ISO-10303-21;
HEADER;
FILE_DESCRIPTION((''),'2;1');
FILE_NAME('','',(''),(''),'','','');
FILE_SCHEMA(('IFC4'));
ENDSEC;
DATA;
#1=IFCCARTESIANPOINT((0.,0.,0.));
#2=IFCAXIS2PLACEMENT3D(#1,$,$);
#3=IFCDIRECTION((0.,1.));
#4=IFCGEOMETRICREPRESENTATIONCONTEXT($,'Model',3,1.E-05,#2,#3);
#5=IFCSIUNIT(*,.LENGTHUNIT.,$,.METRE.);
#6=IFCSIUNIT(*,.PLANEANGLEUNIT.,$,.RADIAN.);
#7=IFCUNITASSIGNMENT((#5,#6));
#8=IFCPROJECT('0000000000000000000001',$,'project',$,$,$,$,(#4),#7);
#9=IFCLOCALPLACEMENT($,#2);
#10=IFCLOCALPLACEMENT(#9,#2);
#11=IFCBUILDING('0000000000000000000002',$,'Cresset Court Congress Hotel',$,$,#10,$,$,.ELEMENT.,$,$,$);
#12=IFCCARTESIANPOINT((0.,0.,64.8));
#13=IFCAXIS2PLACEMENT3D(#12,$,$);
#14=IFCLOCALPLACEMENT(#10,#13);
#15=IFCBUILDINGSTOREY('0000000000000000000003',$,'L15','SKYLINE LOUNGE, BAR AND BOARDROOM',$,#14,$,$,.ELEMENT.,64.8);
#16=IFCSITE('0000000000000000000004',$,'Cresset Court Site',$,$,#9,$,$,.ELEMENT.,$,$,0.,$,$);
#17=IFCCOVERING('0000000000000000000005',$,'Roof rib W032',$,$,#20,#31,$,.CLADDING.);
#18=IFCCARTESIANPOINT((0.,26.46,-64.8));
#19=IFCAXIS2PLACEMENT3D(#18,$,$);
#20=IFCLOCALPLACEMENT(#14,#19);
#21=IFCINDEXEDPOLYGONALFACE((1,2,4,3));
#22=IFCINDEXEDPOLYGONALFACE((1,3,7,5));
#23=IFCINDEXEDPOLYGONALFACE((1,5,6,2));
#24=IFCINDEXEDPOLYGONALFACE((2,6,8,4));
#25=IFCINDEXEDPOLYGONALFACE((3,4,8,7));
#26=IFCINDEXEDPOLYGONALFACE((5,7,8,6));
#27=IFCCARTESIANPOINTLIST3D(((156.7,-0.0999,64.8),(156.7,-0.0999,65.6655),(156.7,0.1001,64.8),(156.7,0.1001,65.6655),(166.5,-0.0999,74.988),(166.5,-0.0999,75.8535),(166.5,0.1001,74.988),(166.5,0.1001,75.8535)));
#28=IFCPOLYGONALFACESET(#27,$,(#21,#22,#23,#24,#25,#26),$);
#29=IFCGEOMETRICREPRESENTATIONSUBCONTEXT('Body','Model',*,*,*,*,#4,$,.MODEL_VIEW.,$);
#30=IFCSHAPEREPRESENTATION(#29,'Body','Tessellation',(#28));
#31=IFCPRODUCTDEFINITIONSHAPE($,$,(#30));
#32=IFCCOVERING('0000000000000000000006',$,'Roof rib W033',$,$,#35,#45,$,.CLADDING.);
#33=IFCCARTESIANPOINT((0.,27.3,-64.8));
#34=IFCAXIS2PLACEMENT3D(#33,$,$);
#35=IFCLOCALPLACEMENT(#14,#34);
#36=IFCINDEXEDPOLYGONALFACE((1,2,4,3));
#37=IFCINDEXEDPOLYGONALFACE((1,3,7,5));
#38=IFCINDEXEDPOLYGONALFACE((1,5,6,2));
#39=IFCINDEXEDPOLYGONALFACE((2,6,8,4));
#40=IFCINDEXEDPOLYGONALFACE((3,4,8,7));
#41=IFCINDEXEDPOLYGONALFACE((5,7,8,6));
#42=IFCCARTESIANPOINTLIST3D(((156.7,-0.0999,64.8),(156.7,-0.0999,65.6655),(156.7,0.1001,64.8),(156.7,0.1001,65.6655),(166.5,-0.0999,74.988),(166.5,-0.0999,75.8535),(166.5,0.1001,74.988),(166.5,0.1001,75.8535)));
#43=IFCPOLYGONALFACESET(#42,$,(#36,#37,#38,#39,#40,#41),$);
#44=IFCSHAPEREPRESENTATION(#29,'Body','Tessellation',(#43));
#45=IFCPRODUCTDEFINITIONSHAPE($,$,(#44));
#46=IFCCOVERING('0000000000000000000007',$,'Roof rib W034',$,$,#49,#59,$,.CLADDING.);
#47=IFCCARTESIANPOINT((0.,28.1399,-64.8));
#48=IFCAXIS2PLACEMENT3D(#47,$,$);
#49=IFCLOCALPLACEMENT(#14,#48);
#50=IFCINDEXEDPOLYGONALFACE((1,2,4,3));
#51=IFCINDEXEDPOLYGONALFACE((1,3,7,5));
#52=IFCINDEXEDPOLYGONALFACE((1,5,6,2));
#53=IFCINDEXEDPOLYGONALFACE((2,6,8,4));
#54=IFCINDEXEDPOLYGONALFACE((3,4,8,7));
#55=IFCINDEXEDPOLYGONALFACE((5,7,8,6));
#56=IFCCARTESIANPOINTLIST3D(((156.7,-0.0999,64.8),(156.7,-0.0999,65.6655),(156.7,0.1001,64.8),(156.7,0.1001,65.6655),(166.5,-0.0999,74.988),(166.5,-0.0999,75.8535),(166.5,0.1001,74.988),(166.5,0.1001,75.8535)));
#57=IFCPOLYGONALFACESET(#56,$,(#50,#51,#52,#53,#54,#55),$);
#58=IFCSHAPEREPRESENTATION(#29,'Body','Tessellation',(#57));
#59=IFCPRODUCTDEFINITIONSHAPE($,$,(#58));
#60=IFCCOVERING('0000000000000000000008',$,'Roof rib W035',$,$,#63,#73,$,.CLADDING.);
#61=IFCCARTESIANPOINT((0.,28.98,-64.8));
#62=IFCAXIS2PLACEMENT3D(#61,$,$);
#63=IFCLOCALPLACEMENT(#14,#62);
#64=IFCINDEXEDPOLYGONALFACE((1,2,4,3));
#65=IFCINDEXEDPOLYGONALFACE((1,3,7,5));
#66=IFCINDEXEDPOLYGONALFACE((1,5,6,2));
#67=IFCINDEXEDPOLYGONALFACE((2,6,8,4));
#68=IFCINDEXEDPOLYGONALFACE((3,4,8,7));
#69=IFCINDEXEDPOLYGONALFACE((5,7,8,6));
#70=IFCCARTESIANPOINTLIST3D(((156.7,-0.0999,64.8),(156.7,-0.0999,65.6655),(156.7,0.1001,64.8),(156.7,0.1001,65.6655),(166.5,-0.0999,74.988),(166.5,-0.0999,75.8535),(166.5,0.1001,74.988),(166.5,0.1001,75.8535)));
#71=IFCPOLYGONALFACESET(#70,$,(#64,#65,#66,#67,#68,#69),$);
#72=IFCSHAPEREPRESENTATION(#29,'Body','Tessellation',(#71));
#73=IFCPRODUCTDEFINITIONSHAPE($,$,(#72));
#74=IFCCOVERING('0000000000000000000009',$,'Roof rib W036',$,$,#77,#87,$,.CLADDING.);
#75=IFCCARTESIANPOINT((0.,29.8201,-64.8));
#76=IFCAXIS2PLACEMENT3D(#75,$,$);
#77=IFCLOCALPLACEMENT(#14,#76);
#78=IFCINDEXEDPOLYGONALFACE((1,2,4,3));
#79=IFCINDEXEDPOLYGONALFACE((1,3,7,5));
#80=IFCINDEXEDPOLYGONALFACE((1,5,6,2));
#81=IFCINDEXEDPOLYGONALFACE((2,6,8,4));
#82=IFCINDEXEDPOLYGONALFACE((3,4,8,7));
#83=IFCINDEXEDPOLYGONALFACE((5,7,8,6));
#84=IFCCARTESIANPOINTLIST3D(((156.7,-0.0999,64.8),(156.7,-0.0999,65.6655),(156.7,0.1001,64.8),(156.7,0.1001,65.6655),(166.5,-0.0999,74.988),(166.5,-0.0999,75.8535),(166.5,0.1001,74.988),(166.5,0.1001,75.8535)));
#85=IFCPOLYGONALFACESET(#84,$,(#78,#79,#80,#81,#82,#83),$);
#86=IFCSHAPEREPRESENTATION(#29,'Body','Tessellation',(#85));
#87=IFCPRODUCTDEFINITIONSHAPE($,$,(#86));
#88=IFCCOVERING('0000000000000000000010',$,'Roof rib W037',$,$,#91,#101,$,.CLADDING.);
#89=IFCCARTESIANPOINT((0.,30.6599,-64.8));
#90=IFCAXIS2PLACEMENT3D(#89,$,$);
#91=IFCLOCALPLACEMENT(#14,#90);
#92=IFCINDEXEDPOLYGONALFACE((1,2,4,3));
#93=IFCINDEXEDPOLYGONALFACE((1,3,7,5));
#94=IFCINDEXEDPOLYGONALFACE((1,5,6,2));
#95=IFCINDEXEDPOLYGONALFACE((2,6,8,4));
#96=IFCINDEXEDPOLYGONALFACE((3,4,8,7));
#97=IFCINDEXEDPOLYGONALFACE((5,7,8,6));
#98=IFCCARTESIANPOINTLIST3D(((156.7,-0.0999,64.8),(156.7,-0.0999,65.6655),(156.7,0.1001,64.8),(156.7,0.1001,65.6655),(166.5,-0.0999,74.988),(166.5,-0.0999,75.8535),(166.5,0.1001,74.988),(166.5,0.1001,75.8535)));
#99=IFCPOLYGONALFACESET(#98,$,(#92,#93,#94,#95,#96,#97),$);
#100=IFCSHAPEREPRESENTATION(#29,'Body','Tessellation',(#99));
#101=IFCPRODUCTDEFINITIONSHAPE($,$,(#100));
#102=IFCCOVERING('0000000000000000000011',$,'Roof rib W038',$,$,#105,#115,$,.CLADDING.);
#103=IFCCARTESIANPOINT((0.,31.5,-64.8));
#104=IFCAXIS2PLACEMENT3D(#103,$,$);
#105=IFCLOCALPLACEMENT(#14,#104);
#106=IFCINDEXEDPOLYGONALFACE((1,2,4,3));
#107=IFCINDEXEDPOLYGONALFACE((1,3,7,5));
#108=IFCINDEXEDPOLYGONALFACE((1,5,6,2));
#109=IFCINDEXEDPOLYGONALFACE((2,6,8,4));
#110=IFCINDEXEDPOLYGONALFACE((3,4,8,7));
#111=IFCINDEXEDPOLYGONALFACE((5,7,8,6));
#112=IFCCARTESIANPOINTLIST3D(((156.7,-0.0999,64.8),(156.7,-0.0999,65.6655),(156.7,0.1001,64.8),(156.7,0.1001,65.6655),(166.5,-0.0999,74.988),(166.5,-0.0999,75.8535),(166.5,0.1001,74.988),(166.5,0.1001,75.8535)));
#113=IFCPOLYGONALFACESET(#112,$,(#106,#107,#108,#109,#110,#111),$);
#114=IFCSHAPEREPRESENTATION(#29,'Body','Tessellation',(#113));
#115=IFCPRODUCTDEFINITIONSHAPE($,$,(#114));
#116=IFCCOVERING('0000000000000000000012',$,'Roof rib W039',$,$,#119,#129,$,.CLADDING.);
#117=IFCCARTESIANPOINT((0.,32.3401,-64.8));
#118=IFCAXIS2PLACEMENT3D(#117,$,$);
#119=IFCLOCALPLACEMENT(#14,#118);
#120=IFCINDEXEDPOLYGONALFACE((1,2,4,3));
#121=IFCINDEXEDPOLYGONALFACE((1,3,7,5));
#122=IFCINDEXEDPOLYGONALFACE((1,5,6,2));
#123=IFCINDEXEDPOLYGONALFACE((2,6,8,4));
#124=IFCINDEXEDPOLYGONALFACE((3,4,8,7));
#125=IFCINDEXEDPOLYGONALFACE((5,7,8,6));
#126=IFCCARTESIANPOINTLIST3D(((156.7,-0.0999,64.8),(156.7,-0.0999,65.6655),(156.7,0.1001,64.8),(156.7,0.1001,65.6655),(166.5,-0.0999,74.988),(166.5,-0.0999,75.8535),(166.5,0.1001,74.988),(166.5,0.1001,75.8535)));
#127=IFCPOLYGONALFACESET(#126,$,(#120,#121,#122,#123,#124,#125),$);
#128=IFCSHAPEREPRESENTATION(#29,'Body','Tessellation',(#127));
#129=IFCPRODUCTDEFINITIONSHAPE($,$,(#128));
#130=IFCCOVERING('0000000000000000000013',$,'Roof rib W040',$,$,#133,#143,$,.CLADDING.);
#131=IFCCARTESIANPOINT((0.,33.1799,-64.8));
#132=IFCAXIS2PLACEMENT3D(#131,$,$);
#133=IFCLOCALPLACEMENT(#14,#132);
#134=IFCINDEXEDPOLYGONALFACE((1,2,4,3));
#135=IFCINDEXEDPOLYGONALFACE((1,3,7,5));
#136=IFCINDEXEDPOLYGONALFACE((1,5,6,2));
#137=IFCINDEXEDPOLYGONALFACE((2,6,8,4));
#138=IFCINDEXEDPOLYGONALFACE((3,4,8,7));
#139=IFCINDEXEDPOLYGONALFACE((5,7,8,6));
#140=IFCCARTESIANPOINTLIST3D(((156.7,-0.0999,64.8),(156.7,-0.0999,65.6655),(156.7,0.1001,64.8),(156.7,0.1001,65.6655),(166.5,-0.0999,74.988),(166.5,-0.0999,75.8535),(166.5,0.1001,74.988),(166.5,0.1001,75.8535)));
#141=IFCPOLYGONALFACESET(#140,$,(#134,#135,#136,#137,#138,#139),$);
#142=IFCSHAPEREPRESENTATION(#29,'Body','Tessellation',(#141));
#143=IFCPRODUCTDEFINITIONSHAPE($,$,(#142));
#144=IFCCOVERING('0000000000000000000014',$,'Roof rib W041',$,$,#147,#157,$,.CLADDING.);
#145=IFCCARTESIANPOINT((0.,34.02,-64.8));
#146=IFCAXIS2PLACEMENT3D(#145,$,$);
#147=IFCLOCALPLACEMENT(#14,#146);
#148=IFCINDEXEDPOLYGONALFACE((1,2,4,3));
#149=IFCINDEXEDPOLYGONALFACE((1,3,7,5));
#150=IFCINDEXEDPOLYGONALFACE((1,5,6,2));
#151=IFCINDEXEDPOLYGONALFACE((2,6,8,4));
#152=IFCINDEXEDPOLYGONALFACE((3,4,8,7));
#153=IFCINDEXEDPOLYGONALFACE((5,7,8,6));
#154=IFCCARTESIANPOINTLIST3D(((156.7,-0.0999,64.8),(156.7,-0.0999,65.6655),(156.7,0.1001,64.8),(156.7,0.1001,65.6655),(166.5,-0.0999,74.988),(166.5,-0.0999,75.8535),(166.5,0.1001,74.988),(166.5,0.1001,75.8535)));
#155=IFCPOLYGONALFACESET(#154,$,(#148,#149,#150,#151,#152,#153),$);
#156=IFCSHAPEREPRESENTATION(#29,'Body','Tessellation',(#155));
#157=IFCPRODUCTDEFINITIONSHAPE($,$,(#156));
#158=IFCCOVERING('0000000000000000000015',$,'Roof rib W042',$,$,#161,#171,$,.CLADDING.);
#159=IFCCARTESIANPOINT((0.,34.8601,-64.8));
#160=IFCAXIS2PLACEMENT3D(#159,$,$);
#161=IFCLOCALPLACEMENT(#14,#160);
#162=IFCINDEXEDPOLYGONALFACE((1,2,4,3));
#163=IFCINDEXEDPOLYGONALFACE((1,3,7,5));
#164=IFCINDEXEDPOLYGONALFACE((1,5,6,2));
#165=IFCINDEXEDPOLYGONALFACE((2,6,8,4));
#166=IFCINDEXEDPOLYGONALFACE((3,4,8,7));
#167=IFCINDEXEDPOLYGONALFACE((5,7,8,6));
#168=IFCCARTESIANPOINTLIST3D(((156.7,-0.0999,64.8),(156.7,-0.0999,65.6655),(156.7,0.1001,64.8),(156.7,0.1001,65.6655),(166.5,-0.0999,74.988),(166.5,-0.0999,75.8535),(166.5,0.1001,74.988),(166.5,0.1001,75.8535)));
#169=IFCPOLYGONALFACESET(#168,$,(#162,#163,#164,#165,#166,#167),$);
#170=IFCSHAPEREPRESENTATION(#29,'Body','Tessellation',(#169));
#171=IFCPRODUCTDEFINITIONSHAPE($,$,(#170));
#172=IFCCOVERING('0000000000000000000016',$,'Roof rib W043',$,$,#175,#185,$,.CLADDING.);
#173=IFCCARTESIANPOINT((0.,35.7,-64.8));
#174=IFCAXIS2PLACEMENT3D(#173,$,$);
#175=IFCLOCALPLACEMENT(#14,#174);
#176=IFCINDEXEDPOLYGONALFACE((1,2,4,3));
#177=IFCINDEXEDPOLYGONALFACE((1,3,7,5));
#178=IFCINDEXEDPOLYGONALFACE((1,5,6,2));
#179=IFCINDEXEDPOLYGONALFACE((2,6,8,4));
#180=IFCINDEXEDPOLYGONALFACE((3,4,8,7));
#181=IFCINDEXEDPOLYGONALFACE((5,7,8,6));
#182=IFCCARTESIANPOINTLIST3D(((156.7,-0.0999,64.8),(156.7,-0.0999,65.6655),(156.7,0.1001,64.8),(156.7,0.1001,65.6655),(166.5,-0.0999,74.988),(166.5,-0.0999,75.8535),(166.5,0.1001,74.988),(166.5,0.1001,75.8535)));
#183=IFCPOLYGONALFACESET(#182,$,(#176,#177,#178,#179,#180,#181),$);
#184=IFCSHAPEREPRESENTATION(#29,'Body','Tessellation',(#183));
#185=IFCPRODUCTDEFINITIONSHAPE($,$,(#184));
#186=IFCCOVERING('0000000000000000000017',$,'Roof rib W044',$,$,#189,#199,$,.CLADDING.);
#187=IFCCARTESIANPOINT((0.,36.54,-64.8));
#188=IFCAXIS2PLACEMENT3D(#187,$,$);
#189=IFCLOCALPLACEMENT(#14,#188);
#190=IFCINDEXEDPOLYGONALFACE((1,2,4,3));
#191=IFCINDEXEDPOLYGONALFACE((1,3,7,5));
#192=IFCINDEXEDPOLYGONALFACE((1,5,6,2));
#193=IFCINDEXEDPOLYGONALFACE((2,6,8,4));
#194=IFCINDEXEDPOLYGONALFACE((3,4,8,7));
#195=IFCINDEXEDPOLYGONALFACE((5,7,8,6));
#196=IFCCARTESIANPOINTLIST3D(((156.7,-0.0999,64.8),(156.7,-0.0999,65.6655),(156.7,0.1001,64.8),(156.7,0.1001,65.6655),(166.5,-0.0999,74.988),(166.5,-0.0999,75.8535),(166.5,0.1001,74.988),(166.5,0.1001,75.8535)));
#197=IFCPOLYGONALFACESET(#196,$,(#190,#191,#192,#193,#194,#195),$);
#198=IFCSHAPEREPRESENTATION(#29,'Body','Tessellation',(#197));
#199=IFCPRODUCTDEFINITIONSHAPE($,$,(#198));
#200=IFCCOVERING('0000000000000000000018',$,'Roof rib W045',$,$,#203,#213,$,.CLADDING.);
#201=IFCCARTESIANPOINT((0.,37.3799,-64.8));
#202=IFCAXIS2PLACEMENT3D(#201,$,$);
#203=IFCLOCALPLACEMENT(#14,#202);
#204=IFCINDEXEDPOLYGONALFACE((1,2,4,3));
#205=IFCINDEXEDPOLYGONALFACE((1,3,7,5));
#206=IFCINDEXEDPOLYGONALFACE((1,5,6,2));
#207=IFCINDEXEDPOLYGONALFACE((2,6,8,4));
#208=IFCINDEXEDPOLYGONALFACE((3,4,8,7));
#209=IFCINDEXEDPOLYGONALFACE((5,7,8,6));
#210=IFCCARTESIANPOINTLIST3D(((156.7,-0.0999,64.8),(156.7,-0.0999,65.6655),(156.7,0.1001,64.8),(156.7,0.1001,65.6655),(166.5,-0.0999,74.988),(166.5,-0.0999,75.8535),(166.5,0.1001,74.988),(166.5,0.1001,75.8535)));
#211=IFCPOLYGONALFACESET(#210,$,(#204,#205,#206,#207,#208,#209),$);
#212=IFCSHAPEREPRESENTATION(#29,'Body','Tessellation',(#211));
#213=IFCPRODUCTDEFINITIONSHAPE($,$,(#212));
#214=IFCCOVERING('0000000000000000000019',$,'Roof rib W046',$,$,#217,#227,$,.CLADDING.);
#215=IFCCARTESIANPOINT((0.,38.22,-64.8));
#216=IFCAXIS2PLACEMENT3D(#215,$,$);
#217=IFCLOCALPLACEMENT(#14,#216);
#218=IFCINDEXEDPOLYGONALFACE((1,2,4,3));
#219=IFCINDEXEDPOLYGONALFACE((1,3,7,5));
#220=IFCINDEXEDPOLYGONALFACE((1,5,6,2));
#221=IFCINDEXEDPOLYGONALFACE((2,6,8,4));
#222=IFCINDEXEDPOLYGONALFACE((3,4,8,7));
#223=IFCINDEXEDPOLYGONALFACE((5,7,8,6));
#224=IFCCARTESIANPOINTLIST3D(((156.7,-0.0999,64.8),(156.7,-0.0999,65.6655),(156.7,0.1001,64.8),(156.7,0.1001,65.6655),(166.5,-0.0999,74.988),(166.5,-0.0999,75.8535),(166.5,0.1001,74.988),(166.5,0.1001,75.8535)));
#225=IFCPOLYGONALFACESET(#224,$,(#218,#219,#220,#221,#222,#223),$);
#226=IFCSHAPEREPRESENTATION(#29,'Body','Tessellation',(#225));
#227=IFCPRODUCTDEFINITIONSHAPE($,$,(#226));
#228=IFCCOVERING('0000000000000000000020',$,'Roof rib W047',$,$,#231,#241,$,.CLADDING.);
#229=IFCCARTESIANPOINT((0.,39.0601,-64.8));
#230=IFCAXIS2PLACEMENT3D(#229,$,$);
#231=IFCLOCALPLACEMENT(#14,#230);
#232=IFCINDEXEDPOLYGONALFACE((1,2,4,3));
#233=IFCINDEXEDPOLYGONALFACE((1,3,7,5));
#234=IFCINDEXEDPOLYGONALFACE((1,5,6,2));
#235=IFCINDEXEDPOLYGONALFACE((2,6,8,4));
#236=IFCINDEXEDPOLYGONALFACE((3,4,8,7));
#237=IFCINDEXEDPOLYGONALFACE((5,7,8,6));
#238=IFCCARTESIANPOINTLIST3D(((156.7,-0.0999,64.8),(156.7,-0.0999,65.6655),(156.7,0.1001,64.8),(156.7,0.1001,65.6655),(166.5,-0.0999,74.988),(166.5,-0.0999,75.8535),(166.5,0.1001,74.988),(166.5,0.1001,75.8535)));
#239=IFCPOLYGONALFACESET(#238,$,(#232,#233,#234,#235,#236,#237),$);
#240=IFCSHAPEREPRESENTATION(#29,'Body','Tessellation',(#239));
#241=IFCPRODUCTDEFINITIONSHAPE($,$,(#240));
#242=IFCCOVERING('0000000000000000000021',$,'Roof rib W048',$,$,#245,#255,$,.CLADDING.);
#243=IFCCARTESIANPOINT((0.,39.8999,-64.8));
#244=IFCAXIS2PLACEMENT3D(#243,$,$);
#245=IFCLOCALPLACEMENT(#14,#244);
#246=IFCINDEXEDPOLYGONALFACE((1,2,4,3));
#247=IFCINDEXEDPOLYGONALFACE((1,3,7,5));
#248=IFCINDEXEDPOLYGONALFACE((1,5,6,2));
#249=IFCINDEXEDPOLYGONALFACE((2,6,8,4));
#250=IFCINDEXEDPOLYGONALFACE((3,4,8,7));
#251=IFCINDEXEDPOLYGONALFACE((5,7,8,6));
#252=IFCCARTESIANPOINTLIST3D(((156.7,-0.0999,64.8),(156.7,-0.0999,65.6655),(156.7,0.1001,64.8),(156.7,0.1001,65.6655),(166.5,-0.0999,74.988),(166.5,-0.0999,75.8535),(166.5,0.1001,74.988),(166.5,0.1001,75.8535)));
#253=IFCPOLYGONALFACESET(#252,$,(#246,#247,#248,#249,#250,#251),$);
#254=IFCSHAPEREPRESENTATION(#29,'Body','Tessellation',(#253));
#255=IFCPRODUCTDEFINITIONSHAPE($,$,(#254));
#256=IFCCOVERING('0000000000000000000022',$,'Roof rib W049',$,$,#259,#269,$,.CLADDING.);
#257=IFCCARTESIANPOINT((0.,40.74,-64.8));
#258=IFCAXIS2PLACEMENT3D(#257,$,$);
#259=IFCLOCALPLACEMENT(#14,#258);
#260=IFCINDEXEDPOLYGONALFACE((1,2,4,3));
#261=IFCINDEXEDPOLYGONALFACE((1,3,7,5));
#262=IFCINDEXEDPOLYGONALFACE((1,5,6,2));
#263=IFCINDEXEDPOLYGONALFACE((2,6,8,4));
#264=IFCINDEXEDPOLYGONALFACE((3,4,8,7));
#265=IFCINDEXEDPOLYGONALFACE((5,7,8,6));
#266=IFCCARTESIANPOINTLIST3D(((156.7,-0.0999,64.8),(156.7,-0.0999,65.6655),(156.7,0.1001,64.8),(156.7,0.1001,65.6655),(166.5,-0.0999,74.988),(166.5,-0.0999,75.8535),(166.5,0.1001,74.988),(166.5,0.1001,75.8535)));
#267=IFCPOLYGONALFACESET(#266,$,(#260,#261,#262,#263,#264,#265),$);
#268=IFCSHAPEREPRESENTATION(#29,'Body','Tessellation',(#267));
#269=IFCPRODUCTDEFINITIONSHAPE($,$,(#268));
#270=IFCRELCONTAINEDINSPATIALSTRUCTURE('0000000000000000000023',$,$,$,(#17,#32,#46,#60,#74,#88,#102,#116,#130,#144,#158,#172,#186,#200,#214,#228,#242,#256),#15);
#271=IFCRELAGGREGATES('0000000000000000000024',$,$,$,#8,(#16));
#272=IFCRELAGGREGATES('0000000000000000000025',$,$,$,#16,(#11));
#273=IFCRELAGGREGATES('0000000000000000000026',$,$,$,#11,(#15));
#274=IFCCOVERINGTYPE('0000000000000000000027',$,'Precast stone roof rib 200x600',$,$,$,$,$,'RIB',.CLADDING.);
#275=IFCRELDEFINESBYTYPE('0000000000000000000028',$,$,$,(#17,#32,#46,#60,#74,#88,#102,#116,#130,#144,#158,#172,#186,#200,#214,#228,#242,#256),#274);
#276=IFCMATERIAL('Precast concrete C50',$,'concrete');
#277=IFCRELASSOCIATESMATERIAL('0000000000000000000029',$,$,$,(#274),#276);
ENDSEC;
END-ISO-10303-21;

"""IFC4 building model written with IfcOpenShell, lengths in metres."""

from ifc_helpers import new_model, si_unit, direction, frame, origin, place, context, subcontext, project, spatial, polyline, outline, extrude, material, type_object, element, save


model = new_model("IFC4")

# Units and contexts
model_context = context("Model", 3, precision=1e-05, world=origin(), true_north=direction((0.0, 1.0)))
body_context = subcontext(model_context, "Body", "Model", "MODEL_VIEW")
ifc_project = project(units=[si_unit("LENGTHUNIT", "METRE"), si_unit("PLANEANGLEUNIT", "RADIAN")], contexts=[model_context])

# Site, building, storey
site_placement = place(None, origin())
site = spatial("IfcSite", under=ifc_project, at=site_placement, Name="Cresset Court Site", CompositionType="ELEMENT", RefElevation=0.0)
building_placement = place(site_placement, origin())
building = spatial("IfcBuilding", under=site, at=building_placement, Name="Cresset Court Congress Hotel", CompositionType="ELEMENT")
storey_placement = place(building_placement, frame((0.0, 0.0, 64.8)))
storey = spatial("IfcBuildingStorey", under=building, at=storey_placement, Name="L15", Description="SKYLINE LOUNGE, BAR AND BOARDROOM", CompositionType="ELEMENT", Elevation=64.8)

# Coverings
ifc_material = material(Name="Precast concrete C50", Category="concrete")
covering_type = type_object("IfcCoveringType", Name="Precast stone roof rib 200x600", ElementType="RIB", PredefinedType="CLADDING", material=ifc_material)
for number, where, name in (
    (1, (0.0, 26.46, -64.8), "Roof rib W032"),
    (2, (0.0, 27.3, -64.8), "Roof rib W033"),
    (3, (0.0, 28.1399, -64.8), "Roof rib W034"),
    (4, (0.0, 28.98, -64.8), "Roof rib W035"),
    (5, (0.0, 29.8201, -64.8), "Roof rib W036"),
    (6, (0.0, 30.6599, -64.8), "Roof rib W037"),
    (7, (0.0, 31.5, -64.8), "Roof rib W038"),
    (8, (0.0, 32.3401, -64.8), "Roof rib W039"),
    (9, (0.0, 33.1799, -64.8), "Roof rib W040"),
    (10, (0.0, 34.02, -64.8), "Roof rib W041"),
    (11, (0.0, 34.8601, -64.8), "Roof rib W042"),
    (12, (0.0, 35.7, -64.8), "Roof rib W043"),
    (13, (0.0, 36.54, -64.8), "Roof rib W044"),
    (14, (0.0, 37.3799, -64.8), "Roof rib W045"),
    (15, (0.0, 38.22, -64.8), "Roof rib W046"),
    (16, (0.0, 39.0601, -64.8), "Roof rib W047"),
    (17, (0.0, 39.8999, -64.8), "Roof rib W048"),
    (18, (0.0, 40.74, -64.8), "Roof rib W049"),
):
    element("IfcCovering", number, at=place(storey_placement, frame(where)), inside=storey, type_object=covering_type, Name=name, PredefinedType="CLADDING", context=body_context, shape_type="SweptSolid", body=[
        extrude(outline(polyline([(166.5, 74.988), (156.7, 64.8), (156.7, 65.6655), (166.5, 75.8535), (166.5, 74.988)])), frame((0.0, 0.1001, 0.0), z_axis=(0.0, -1.0, 0.0), x_axis=(1.0, 0.0, 0.0)), (0.0, 0.0, 1.0), 0.2),
    ])

save(model, "model.ifc")
